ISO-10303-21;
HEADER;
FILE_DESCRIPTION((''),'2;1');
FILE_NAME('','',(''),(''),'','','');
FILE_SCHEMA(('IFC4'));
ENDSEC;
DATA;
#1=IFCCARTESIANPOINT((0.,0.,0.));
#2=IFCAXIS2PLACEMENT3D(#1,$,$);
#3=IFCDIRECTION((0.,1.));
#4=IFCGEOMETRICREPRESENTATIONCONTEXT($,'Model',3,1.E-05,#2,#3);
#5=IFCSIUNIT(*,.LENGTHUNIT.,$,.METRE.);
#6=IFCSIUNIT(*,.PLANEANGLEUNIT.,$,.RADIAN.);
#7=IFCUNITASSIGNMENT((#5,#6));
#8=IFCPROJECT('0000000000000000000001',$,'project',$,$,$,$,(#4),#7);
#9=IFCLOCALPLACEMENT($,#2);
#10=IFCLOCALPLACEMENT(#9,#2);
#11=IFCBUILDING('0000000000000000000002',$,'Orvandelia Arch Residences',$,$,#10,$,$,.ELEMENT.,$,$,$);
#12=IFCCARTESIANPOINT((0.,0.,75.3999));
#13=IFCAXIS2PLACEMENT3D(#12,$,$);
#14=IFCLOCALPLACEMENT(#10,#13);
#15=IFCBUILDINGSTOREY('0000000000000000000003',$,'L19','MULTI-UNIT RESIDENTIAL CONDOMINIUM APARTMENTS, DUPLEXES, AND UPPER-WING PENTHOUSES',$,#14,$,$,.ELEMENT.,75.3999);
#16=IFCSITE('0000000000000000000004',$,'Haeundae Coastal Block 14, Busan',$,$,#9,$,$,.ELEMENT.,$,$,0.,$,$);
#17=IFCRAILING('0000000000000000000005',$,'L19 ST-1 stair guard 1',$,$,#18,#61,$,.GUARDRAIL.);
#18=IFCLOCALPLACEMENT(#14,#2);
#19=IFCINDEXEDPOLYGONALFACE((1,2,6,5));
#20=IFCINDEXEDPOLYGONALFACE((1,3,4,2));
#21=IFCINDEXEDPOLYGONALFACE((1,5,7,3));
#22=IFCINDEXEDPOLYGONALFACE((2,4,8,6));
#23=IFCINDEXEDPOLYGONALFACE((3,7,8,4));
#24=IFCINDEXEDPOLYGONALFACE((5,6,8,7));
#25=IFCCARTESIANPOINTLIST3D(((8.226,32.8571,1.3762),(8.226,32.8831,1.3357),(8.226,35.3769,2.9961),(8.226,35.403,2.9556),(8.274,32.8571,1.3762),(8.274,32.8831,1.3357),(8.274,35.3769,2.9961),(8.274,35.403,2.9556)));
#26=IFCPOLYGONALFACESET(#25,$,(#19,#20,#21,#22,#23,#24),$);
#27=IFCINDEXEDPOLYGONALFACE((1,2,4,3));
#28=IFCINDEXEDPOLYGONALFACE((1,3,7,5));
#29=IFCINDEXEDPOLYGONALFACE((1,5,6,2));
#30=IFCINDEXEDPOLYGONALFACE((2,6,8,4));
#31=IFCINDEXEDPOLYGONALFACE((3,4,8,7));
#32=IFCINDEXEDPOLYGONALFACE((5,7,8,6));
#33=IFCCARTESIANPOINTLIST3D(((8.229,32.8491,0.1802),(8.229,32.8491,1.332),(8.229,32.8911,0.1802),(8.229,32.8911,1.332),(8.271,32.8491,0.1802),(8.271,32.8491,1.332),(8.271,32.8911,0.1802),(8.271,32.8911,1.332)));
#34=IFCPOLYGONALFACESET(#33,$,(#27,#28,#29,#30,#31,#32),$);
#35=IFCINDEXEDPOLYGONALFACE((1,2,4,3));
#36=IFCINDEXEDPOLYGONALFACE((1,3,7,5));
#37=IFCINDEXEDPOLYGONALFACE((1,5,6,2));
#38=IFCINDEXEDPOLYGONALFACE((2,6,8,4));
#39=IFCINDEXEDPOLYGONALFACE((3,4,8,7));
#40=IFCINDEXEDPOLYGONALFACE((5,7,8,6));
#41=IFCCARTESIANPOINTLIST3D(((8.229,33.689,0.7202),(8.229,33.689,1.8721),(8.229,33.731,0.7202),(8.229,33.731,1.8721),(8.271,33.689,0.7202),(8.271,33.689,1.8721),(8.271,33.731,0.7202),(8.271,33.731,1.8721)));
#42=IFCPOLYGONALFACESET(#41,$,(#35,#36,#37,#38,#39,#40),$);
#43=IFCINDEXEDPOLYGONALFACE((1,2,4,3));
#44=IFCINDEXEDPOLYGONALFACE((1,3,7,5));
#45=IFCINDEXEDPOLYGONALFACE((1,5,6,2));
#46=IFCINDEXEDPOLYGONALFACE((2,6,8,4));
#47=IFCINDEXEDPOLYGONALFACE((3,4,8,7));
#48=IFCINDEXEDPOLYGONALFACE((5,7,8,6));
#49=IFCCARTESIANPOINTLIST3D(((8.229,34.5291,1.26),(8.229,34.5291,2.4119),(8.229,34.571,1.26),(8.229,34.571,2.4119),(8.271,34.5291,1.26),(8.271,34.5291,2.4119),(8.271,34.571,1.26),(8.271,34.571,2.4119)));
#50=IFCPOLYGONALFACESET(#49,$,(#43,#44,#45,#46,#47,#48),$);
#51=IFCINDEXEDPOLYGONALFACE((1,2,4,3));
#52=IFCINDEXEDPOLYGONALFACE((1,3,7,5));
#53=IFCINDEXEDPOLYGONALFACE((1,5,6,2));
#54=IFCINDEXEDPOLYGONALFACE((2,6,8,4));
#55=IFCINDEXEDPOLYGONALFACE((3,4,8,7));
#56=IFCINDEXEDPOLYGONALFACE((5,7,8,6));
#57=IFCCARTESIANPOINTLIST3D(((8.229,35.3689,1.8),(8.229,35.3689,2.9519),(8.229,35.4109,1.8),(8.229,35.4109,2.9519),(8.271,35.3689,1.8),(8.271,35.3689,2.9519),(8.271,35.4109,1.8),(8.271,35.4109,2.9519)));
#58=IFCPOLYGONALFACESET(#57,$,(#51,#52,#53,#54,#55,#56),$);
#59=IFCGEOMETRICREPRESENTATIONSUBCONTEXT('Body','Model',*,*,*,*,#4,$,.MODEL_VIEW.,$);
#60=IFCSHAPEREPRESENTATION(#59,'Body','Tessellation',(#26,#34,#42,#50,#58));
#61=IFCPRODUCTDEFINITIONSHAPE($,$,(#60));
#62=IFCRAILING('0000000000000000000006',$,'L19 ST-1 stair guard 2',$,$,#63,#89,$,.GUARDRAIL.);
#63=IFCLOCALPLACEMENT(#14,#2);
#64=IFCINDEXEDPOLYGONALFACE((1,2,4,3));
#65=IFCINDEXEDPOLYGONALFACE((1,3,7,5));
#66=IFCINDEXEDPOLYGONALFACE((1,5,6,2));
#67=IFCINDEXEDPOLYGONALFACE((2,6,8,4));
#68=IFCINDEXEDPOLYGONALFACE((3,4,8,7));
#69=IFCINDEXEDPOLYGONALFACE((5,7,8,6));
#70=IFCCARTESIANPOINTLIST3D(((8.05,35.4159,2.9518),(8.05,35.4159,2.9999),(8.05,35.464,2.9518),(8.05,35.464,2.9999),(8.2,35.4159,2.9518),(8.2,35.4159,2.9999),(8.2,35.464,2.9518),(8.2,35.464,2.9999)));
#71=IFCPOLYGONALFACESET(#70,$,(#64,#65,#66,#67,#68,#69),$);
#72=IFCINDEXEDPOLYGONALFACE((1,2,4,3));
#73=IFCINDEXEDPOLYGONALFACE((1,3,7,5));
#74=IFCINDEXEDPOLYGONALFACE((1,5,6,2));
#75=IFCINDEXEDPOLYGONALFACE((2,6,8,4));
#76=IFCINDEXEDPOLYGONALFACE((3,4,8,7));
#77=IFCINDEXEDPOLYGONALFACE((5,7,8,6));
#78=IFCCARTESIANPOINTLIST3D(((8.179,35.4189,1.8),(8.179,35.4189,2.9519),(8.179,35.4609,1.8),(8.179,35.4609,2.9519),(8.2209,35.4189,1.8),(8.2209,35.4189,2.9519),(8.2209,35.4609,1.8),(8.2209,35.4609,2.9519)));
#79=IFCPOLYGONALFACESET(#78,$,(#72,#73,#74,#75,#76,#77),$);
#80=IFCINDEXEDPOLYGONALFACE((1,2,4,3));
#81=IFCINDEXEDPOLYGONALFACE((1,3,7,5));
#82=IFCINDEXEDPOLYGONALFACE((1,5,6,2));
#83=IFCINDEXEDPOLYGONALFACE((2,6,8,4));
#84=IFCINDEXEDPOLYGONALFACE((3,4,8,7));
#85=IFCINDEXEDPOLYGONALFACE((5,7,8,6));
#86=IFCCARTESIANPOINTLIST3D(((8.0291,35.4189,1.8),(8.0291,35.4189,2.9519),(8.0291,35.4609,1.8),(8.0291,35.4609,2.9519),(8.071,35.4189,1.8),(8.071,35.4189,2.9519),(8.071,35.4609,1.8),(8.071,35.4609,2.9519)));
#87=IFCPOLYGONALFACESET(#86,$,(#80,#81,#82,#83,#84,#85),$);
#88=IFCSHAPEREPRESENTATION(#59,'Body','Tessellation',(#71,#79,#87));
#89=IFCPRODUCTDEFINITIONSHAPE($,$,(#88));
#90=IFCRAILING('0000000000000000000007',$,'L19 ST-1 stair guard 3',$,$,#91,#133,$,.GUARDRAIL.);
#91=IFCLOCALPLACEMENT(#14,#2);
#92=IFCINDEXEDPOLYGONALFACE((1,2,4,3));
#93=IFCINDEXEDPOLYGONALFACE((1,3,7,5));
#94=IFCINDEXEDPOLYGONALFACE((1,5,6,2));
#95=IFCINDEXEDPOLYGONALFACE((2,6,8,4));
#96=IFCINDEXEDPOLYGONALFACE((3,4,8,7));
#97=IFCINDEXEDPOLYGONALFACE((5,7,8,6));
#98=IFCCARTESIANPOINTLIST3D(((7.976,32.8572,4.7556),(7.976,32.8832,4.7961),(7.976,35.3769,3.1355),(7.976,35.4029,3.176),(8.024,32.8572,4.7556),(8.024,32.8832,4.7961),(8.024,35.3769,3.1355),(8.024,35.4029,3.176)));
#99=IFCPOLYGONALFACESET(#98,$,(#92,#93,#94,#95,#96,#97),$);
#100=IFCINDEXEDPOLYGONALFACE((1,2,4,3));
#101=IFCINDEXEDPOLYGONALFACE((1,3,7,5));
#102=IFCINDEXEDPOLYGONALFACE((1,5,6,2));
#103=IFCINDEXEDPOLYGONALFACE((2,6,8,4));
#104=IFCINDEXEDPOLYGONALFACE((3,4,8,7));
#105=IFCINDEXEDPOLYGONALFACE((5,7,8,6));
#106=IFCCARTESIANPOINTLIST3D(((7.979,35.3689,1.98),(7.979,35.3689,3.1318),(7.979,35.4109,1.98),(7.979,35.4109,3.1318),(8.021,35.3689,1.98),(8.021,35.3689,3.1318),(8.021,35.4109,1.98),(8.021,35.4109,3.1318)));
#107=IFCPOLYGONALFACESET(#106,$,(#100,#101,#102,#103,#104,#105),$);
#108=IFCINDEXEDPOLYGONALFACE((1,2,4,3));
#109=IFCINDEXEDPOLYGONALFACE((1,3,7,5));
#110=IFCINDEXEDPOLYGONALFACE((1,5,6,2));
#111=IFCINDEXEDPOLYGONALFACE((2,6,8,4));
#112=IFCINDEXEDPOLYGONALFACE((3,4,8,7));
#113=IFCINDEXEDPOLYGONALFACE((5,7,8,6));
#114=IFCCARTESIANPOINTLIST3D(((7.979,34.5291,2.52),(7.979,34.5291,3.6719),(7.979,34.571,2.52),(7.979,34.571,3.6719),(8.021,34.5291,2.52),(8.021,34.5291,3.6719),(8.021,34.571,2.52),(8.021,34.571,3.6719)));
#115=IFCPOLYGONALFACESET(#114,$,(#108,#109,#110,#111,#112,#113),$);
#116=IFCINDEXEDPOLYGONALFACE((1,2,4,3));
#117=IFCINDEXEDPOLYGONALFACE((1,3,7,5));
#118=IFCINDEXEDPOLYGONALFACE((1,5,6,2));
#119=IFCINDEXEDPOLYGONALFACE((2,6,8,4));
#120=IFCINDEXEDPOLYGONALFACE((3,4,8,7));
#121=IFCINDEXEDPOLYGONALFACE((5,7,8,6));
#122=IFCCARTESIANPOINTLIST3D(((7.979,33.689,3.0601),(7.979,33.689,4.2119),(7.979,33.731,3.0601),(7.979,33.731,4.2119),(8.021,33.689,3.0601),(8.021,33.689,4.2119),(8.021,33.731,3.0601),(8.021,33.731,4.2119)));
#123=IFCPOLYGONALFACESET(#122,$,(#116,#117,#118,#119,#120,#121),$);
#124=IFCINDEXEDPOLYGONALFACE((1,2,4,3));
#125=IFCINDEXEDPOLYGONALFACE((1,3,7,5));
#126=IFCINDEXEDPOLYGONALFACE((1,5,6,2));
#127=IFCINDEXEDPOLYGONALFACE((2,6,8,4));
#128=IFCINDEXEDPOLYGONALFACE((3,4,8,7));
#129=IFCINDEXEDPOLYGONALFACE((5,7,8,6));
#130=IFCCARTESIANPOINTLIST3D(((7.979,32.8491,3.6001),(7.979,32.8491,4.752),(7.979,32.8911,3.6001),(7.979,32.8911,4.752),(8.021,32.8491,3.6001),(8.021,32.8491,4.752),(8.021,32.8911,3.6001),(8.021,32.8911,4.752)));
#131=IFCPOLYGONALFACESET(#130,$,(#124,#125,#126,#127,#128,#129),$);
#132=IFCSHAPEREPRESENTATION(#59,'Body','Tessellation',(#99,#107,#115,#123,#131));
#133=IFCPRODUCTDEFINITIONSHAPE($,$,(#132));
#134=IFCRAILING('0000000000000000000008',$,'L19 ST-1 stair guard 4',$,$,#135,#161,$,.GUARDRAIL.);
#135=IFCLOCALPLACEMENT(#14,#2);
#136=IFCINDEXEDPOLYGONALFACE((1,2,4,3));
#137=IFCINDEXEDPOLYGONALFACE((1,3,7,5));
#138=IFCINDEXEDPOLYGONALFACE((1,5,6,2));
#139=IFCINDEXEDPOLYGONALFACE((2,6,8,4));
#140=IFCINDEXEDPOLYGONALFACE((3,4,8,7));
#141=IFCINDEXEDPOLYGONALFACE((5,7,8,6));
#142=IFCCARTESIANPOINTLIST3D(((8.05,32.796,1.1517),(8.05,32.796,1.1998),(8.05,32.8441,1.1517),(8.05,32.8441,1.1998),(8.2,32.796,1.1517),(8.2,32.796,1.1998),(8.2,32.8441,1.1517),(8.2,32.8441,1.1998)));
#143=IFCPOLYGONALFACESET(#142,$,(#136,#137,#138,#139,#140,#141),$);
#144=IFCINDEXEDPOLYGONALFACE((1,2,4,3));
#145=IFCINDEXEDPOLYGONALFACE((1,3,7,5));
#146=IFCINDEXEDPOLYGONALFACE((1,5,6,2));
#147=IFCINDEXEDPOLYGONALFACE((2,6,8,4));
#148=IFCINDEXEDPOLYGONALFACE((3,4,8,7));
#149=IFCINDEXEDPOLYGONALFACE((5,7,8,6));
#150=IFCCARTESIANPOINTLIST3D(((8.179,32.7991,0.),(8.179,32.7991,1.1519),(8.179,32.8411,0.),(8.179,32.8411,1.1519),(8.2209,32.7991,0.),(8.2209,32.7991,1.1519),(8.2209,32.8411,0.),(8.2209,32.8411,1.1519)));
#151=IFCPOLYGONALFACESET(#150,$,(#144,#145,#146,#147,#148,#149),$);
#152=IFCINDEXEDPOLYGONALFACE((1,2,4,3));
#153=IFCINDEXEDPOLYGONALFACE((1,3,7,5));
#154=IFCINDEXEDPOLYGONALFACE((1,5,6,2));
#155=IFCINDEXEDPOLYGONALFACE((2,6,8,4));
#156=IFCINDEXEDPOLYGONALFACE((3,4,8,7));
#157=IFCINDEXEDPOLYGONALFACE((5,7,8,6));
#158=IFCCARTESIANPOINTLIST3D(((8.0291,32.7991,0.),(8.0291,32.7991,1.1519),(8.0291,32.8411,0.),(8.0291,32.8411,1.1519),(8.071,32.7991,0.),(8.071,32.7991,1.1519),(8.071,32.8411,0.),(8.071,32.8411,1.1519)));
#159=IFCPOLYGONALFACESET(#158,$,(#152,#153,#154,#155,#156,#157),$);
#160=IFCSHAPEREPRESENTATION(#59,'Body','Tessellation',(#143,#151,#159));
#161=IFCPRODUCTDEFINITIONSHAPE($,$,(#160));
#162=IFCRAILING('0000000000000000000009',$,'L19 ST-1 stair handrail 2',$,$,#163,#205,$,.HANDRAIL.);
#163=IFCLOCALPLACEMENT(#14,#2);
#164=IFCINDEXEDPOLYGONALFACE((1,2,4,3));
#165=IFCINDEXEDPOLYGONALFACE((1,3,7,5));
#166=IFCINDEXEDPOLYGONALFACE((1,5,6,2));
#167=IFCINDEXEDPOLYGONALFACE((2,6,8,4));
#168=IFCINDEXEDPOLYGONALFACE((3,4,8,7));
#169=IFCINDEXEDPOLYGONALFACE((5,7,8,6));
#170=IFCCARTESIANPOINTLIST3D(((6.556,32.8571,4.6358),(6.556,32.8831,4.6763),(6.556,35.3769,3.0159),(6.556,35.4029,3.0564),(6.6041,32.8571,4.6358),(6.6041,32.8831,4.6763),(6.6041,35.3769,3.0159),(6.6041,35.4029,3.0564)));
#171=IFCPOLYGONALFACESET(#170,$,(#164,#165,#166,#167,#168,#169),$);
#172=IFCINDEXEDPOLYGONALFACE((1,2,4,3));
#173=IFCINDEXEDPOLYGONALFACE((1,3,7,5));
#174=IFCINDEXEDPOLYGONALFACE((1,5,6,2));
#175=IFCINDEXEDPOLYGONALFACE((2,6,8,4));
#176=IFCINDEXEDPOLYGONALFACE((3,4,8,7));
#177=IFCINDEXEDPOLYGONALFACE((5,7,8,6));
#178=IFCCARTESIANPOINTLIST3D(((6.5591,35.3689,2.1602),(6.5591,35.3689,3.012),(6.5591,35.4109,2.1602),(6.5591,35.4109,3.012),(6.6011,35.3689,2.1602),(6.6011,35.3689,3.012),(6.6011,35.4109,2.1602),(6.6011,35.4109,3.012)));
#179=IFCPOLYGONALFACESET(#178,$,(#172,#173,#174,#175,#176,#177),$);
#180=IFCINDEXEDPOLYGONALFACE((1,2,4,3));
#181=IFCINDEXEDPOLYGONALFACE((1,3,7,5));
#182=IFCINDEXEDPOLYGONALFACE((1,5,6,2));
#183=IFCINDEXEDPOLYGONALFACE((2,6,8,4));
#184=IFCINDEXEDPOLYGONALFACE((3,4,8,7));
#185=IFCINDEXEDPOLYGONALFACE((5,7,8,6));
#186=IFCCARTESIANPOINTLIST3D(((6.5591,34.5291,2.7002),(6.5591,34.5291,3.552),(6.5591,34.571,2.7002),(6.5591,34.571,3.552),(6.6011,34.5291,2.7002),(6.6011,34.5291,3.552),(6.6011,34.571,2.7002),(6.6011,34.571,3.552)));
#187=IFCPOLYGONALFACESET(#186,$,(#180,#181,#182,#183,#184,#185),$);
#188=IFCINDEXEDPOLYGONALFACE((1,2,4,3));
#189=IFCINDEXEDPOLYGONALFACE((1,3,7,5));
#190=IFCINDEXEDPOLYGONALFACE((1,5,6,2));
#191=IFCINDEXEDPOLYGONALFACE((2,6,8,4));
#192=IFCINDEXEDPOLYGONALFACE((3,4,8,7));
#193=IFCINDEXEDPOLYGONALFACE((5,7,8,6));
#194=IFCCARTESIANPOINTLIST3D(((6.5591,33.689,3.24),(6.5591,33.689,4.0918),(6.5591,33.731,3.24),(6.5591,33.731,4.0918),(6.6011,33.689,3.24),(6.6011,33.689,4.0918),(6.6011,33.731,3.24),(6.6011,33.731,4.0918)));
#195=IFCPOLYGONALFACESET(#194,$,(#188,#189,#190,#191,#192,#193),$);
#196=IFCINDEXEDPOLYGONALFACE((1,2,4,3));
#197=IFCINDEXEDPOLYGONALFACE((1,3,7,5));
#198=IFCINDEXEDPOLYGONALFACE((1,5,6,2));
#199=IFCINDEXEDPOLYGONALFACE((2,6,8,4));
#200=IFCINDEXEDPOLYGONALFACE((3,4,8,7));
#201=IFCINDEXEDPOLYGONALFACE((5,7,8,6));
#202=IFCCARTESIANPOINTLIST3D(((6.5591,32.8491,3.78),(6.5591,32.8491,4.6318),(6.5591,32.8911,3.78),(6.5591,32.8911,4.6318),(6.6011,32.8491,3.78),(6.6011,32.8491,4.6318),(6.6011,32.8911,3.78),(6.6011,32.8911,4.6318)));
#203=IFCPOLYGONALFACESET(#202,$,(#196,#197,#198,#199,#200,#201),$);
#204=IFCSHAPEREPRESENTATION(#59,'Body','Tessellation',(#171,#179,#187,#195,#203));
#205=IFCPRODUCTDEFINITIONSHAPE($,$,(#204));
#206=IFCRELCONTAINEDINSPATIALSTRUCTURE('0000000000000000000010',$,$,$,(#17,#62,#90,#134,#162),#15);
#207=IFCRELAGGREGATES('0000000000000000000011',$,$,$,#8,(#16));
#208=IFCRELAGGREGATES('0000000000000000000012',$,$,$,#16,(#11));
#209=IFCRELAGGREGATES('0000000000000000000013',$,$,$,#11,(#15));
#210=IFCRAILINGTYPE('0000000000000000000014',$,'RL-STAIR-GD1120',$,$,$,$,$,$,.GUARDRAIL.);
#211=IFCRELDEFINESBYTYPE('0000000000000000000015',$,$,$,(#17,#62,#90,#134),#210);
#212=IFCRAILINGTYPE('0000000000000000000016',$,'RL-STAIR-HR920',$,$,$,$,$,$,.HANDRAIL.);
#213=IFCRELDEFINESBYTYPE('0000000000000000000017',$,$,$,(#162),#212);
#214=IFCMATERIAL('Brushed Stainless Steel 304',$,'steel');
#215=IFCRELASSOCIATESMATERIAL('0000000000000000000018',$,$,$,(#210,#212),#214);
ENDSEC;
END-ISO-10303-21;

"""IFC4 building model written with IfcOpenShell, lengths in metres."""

from ifc_helpers import new_model, si_unit, direction, frame, origin, origin_2d, place, context, subcontext, project, spatial, rectangle, extrude, material, type_object, element, save


model = new_model("IFC4")

# Units and contexts
model_context = context("Model", 3, precision=1e-05, world=origin(), true_north=direction((0.0, 1.0)))
body_context = subcontext(model_context, "Body", "Model", "MODEL_VIEW")
ifc_project = project(units=[si_unit("LENGTHUNIT", "METRE"), si_unit("PLANEANGLEUNIT", "RADIAN")], contexts=[model_context])

# Site, building, storey
site_placement = place(None, origin())
site = spatial("IfcSite", under=ifc_project, at=site_placement, Name="Haeundae Coastal Block 14, Busan", CompositionType="ELEMENT", RefElevation=0.0)
building_placement = place(site_placement, origin())
building = spatial("IfcBuilding", under=site, at=building_placement, Name="Orvandelia Arch Residences", CompositionType="ELEMENT")
storey_placement = place(building_placement, frame((0.0, 0.0, 75.3999)))
storey = spatial("IfcBuildingStorey", under=building, at=storey_placement, Name="L19", Description="MULTI-UNIT RESIDENTIAL CONDOMINIUM APARTMENTS, DUPLEXES, AND UPPER-WING PENTHOUSES", CompositionType="ELEMENT", Elevation=75.3999)

# Railings
ifc_material_1 = material(Name="Brushed Stainless Steel 304", Category="steel")
railing_type_1 = type_object("IfcRailingType", Name="RL-STAIR-GD1120", PredefinedType="GUARDRAIL", material=ifc_material_1)
railing_1_placement = place(storey_placement, frame((8.25, 32.8701, 0.1802)))
element("IfcRailing", 1, at=railing_1_placement, inside=storey, type_object=railing_type_1, Name="L19 ST-1 stair guard 1", PredefinedType="GUARDRAIL", context=body_context, shape_type="SweptSolid", body=[
    extrude(rectangle(XDim=0.0481, YDim=0.0481, at=origin_2d()), frame((0.0, 0.0, 1.1758), z_axis=(0.0, 0.841176, 0.540762), x_axis=(-1.0, 0.0, 0.0)), (0.0, 0.0, 1.0), 2.9956),
    extrude(rectangle(XDim=0.042, YDim=0.042, at=origin_2d()), origin(), (0.0, 0.0, 1.0), 1.1519),
    extrude(rectangle(XDim=0.042, YDim=0.042, at=origin_2d()), frame((0.0, 0.8398, 0.54)), (0.0, 0.0, 1.0), 1.1519),
    extrude(rectangle(XDim=0.042, YDim=0.042, at=origin_2d()), frame((0.0, 1.6799, 1.0798)), (0.0, 0.0, 1.0), 1.1519),
    extrude(rectangle(XDim=0.042, YDim=0.042, at=origin_2d()), frame((0.0, 2.5198, 1.6199)), (0.0, 0.0, 1.0), 1.1519),
])
railing_2_placement = place(storey_placement, frame((8.2, 35.4399, 1.8)))
element("IfcRailing", 2, at=railing_2_placement, inside=storey, type_object=railing_type_1, Name="L19 ST-1 stair guard 2", PredefinedType="GUARDRAIL", context=body_context, shape_type="SweptSolid", body=[
    extrude(rectangle(XDim=0.0481, YDim=0.0481, at=origin_2d()), frame((0.0, 0.0, 1.1758), z_axis=(-1.0, 0.0, 0.0), x_axis=(0.0, -1.0, 0.0)), (0.0, 0.0, 1.0), 0.1499),
    extrude(rectangle(XDim=0.042, YDim=0.042, at=origin_2d()), origin(), (0.0, 0.0, 1.0), 1.1519),
    extrude(rectangle(XDim=0.042, YDim=0.042, at=origin_2d()), frame((-0.1499, 0.0, 0.0)), (0.0, 0.0, 1.0), 1.1519),
])
railing_3_placement = place(storey_placement, frame((8.0, 35.3899, 1.98)))
element("IfcRailing", 3, at=railing_3_placement, inside=storey, type_object=railing_type_1, Name="L19 ST-1 stair guard 3", PredefinedType="GUARDRAIL", context=body_context, shape_type="SweptSolid", body=[
    extrude(rectangle(XDim=0.0481, YDim=0.0481, at=origin_2d()), frame((0.0, 0.0, 1.1758), z_axis=(0.0, -0.841139, 0.540819), x_axis=(1.0, 0.0, 0.0)), (0.0, 0.0, 1.0), 2.9956),
    extrude(rectangle(XDim=0.042, YDim=0.042, at=origin_2d()), origin(), (0.0, 0.0, 1.0), 1.1519),
    extrude(rectangle(XDim=0.042, YDim=0.042, at=origin_2d()), frame((0.0, -0.8398, 0.54)), (0.0, 0.0, 1.0), 1.1519),
    extrude(rectangle(XDim=0.042, YDim=0.042, at=origin_2d()), frame((0.0, -1.6799, 1.0801)), (0.0, 0.0, 1.0), 1.1519),
    extrude(rectangle(XDim=0.042, YDim=0.042, at=origin_2d()), frame((0.0, -2.5198, 1.6201)), (0.0, 0.0, 1.0), 1.1519),
])
railing_4_placement = place(storey_placement, frame((8.2, 32.8201, 0.0)))
element("IfcRailing", 4, at=railing_4_placement, inside=storey, type_object=railing_type_1, Name="L19 ST-1 stair guard 4", PredefinedType="GUARDRAIL", context=body_context, shape_type="SweptSolid", body=[
    extrude(rectangle(XDim=0.0481, YDim=0.0481, at=origin_2d()), frame((0.0, 0.0, 1.1758), z_axis=(-1.0, 0.0, 0.0), x_axis=(0.0, -1.0, 0.0)), (0.0, 0.0, 1.0), 0.1499),
    extrude(rectangle(XDim=0.042, YDim=0.042, at=origin_2d()), origin(), (0.0, 0.0, 1.0), 1.1519),
    extrude(rectangle(XDim=0.042, YDim=0.042, at=origin_2d()), frame((-0.1499, 0.0, 0.0)), (0.0, 0.0, 1.0), 1.1519),
])
railing_type_2 = type_object("IfcRailingType", Name="RL-STAIR-HR920", PredefinedType="HANDRAIL", material=ifc_material_1)
railing_5_placement = place(storey_placement, frame((6.5801, 35.3899, 2.1602)))
element("IfcRailing", 5, at=railing_5_placement, inside=storey, type_object=railing_type_2, Name="L19 ST-1 stair handrail 2", PredefinedType="HANDRAIL", context=body_context, shape_type="SweptSolid", body=[
    extrude(rectangle(XDim=0.0481, YDim=0.0481, at=origin_2d()), frame((0.0, 0.0, 0.876), z_axis=(0.0, -0.841176, 0.540762), x_axis=(1.0, 0.0, 0.0)), (0.0, 0.0, 1.0), 2.9956),
    extrude(rectangle(XDim=0.042, YDim=0.042, at=origin_2d()), origin(), (0.0, 0.0, 1.0), 0.8518),
    extrude(rectangle(XDim=0.042, YDim=0.042, at=origin_2d()), frame((0.0, -0.8398, 0.54)), (0.0, 0.0, 1.0), 0.8518),
    extrude(rectangle(XDim=0.042, YDim=0.042, at=origin_2d()), frame((0.0, -1.6799, 1.0798)), (0.0, 0.0, 1.0), 0.8518),
    extrude(rectangle(XDim=0.042, YDim=0.042, at=origin_2d()), frame((0.0, -2.5198, 1.6199)), (0.0, 0.0, 1.0), 0.8518),
])

save(model, "model.ifc")
